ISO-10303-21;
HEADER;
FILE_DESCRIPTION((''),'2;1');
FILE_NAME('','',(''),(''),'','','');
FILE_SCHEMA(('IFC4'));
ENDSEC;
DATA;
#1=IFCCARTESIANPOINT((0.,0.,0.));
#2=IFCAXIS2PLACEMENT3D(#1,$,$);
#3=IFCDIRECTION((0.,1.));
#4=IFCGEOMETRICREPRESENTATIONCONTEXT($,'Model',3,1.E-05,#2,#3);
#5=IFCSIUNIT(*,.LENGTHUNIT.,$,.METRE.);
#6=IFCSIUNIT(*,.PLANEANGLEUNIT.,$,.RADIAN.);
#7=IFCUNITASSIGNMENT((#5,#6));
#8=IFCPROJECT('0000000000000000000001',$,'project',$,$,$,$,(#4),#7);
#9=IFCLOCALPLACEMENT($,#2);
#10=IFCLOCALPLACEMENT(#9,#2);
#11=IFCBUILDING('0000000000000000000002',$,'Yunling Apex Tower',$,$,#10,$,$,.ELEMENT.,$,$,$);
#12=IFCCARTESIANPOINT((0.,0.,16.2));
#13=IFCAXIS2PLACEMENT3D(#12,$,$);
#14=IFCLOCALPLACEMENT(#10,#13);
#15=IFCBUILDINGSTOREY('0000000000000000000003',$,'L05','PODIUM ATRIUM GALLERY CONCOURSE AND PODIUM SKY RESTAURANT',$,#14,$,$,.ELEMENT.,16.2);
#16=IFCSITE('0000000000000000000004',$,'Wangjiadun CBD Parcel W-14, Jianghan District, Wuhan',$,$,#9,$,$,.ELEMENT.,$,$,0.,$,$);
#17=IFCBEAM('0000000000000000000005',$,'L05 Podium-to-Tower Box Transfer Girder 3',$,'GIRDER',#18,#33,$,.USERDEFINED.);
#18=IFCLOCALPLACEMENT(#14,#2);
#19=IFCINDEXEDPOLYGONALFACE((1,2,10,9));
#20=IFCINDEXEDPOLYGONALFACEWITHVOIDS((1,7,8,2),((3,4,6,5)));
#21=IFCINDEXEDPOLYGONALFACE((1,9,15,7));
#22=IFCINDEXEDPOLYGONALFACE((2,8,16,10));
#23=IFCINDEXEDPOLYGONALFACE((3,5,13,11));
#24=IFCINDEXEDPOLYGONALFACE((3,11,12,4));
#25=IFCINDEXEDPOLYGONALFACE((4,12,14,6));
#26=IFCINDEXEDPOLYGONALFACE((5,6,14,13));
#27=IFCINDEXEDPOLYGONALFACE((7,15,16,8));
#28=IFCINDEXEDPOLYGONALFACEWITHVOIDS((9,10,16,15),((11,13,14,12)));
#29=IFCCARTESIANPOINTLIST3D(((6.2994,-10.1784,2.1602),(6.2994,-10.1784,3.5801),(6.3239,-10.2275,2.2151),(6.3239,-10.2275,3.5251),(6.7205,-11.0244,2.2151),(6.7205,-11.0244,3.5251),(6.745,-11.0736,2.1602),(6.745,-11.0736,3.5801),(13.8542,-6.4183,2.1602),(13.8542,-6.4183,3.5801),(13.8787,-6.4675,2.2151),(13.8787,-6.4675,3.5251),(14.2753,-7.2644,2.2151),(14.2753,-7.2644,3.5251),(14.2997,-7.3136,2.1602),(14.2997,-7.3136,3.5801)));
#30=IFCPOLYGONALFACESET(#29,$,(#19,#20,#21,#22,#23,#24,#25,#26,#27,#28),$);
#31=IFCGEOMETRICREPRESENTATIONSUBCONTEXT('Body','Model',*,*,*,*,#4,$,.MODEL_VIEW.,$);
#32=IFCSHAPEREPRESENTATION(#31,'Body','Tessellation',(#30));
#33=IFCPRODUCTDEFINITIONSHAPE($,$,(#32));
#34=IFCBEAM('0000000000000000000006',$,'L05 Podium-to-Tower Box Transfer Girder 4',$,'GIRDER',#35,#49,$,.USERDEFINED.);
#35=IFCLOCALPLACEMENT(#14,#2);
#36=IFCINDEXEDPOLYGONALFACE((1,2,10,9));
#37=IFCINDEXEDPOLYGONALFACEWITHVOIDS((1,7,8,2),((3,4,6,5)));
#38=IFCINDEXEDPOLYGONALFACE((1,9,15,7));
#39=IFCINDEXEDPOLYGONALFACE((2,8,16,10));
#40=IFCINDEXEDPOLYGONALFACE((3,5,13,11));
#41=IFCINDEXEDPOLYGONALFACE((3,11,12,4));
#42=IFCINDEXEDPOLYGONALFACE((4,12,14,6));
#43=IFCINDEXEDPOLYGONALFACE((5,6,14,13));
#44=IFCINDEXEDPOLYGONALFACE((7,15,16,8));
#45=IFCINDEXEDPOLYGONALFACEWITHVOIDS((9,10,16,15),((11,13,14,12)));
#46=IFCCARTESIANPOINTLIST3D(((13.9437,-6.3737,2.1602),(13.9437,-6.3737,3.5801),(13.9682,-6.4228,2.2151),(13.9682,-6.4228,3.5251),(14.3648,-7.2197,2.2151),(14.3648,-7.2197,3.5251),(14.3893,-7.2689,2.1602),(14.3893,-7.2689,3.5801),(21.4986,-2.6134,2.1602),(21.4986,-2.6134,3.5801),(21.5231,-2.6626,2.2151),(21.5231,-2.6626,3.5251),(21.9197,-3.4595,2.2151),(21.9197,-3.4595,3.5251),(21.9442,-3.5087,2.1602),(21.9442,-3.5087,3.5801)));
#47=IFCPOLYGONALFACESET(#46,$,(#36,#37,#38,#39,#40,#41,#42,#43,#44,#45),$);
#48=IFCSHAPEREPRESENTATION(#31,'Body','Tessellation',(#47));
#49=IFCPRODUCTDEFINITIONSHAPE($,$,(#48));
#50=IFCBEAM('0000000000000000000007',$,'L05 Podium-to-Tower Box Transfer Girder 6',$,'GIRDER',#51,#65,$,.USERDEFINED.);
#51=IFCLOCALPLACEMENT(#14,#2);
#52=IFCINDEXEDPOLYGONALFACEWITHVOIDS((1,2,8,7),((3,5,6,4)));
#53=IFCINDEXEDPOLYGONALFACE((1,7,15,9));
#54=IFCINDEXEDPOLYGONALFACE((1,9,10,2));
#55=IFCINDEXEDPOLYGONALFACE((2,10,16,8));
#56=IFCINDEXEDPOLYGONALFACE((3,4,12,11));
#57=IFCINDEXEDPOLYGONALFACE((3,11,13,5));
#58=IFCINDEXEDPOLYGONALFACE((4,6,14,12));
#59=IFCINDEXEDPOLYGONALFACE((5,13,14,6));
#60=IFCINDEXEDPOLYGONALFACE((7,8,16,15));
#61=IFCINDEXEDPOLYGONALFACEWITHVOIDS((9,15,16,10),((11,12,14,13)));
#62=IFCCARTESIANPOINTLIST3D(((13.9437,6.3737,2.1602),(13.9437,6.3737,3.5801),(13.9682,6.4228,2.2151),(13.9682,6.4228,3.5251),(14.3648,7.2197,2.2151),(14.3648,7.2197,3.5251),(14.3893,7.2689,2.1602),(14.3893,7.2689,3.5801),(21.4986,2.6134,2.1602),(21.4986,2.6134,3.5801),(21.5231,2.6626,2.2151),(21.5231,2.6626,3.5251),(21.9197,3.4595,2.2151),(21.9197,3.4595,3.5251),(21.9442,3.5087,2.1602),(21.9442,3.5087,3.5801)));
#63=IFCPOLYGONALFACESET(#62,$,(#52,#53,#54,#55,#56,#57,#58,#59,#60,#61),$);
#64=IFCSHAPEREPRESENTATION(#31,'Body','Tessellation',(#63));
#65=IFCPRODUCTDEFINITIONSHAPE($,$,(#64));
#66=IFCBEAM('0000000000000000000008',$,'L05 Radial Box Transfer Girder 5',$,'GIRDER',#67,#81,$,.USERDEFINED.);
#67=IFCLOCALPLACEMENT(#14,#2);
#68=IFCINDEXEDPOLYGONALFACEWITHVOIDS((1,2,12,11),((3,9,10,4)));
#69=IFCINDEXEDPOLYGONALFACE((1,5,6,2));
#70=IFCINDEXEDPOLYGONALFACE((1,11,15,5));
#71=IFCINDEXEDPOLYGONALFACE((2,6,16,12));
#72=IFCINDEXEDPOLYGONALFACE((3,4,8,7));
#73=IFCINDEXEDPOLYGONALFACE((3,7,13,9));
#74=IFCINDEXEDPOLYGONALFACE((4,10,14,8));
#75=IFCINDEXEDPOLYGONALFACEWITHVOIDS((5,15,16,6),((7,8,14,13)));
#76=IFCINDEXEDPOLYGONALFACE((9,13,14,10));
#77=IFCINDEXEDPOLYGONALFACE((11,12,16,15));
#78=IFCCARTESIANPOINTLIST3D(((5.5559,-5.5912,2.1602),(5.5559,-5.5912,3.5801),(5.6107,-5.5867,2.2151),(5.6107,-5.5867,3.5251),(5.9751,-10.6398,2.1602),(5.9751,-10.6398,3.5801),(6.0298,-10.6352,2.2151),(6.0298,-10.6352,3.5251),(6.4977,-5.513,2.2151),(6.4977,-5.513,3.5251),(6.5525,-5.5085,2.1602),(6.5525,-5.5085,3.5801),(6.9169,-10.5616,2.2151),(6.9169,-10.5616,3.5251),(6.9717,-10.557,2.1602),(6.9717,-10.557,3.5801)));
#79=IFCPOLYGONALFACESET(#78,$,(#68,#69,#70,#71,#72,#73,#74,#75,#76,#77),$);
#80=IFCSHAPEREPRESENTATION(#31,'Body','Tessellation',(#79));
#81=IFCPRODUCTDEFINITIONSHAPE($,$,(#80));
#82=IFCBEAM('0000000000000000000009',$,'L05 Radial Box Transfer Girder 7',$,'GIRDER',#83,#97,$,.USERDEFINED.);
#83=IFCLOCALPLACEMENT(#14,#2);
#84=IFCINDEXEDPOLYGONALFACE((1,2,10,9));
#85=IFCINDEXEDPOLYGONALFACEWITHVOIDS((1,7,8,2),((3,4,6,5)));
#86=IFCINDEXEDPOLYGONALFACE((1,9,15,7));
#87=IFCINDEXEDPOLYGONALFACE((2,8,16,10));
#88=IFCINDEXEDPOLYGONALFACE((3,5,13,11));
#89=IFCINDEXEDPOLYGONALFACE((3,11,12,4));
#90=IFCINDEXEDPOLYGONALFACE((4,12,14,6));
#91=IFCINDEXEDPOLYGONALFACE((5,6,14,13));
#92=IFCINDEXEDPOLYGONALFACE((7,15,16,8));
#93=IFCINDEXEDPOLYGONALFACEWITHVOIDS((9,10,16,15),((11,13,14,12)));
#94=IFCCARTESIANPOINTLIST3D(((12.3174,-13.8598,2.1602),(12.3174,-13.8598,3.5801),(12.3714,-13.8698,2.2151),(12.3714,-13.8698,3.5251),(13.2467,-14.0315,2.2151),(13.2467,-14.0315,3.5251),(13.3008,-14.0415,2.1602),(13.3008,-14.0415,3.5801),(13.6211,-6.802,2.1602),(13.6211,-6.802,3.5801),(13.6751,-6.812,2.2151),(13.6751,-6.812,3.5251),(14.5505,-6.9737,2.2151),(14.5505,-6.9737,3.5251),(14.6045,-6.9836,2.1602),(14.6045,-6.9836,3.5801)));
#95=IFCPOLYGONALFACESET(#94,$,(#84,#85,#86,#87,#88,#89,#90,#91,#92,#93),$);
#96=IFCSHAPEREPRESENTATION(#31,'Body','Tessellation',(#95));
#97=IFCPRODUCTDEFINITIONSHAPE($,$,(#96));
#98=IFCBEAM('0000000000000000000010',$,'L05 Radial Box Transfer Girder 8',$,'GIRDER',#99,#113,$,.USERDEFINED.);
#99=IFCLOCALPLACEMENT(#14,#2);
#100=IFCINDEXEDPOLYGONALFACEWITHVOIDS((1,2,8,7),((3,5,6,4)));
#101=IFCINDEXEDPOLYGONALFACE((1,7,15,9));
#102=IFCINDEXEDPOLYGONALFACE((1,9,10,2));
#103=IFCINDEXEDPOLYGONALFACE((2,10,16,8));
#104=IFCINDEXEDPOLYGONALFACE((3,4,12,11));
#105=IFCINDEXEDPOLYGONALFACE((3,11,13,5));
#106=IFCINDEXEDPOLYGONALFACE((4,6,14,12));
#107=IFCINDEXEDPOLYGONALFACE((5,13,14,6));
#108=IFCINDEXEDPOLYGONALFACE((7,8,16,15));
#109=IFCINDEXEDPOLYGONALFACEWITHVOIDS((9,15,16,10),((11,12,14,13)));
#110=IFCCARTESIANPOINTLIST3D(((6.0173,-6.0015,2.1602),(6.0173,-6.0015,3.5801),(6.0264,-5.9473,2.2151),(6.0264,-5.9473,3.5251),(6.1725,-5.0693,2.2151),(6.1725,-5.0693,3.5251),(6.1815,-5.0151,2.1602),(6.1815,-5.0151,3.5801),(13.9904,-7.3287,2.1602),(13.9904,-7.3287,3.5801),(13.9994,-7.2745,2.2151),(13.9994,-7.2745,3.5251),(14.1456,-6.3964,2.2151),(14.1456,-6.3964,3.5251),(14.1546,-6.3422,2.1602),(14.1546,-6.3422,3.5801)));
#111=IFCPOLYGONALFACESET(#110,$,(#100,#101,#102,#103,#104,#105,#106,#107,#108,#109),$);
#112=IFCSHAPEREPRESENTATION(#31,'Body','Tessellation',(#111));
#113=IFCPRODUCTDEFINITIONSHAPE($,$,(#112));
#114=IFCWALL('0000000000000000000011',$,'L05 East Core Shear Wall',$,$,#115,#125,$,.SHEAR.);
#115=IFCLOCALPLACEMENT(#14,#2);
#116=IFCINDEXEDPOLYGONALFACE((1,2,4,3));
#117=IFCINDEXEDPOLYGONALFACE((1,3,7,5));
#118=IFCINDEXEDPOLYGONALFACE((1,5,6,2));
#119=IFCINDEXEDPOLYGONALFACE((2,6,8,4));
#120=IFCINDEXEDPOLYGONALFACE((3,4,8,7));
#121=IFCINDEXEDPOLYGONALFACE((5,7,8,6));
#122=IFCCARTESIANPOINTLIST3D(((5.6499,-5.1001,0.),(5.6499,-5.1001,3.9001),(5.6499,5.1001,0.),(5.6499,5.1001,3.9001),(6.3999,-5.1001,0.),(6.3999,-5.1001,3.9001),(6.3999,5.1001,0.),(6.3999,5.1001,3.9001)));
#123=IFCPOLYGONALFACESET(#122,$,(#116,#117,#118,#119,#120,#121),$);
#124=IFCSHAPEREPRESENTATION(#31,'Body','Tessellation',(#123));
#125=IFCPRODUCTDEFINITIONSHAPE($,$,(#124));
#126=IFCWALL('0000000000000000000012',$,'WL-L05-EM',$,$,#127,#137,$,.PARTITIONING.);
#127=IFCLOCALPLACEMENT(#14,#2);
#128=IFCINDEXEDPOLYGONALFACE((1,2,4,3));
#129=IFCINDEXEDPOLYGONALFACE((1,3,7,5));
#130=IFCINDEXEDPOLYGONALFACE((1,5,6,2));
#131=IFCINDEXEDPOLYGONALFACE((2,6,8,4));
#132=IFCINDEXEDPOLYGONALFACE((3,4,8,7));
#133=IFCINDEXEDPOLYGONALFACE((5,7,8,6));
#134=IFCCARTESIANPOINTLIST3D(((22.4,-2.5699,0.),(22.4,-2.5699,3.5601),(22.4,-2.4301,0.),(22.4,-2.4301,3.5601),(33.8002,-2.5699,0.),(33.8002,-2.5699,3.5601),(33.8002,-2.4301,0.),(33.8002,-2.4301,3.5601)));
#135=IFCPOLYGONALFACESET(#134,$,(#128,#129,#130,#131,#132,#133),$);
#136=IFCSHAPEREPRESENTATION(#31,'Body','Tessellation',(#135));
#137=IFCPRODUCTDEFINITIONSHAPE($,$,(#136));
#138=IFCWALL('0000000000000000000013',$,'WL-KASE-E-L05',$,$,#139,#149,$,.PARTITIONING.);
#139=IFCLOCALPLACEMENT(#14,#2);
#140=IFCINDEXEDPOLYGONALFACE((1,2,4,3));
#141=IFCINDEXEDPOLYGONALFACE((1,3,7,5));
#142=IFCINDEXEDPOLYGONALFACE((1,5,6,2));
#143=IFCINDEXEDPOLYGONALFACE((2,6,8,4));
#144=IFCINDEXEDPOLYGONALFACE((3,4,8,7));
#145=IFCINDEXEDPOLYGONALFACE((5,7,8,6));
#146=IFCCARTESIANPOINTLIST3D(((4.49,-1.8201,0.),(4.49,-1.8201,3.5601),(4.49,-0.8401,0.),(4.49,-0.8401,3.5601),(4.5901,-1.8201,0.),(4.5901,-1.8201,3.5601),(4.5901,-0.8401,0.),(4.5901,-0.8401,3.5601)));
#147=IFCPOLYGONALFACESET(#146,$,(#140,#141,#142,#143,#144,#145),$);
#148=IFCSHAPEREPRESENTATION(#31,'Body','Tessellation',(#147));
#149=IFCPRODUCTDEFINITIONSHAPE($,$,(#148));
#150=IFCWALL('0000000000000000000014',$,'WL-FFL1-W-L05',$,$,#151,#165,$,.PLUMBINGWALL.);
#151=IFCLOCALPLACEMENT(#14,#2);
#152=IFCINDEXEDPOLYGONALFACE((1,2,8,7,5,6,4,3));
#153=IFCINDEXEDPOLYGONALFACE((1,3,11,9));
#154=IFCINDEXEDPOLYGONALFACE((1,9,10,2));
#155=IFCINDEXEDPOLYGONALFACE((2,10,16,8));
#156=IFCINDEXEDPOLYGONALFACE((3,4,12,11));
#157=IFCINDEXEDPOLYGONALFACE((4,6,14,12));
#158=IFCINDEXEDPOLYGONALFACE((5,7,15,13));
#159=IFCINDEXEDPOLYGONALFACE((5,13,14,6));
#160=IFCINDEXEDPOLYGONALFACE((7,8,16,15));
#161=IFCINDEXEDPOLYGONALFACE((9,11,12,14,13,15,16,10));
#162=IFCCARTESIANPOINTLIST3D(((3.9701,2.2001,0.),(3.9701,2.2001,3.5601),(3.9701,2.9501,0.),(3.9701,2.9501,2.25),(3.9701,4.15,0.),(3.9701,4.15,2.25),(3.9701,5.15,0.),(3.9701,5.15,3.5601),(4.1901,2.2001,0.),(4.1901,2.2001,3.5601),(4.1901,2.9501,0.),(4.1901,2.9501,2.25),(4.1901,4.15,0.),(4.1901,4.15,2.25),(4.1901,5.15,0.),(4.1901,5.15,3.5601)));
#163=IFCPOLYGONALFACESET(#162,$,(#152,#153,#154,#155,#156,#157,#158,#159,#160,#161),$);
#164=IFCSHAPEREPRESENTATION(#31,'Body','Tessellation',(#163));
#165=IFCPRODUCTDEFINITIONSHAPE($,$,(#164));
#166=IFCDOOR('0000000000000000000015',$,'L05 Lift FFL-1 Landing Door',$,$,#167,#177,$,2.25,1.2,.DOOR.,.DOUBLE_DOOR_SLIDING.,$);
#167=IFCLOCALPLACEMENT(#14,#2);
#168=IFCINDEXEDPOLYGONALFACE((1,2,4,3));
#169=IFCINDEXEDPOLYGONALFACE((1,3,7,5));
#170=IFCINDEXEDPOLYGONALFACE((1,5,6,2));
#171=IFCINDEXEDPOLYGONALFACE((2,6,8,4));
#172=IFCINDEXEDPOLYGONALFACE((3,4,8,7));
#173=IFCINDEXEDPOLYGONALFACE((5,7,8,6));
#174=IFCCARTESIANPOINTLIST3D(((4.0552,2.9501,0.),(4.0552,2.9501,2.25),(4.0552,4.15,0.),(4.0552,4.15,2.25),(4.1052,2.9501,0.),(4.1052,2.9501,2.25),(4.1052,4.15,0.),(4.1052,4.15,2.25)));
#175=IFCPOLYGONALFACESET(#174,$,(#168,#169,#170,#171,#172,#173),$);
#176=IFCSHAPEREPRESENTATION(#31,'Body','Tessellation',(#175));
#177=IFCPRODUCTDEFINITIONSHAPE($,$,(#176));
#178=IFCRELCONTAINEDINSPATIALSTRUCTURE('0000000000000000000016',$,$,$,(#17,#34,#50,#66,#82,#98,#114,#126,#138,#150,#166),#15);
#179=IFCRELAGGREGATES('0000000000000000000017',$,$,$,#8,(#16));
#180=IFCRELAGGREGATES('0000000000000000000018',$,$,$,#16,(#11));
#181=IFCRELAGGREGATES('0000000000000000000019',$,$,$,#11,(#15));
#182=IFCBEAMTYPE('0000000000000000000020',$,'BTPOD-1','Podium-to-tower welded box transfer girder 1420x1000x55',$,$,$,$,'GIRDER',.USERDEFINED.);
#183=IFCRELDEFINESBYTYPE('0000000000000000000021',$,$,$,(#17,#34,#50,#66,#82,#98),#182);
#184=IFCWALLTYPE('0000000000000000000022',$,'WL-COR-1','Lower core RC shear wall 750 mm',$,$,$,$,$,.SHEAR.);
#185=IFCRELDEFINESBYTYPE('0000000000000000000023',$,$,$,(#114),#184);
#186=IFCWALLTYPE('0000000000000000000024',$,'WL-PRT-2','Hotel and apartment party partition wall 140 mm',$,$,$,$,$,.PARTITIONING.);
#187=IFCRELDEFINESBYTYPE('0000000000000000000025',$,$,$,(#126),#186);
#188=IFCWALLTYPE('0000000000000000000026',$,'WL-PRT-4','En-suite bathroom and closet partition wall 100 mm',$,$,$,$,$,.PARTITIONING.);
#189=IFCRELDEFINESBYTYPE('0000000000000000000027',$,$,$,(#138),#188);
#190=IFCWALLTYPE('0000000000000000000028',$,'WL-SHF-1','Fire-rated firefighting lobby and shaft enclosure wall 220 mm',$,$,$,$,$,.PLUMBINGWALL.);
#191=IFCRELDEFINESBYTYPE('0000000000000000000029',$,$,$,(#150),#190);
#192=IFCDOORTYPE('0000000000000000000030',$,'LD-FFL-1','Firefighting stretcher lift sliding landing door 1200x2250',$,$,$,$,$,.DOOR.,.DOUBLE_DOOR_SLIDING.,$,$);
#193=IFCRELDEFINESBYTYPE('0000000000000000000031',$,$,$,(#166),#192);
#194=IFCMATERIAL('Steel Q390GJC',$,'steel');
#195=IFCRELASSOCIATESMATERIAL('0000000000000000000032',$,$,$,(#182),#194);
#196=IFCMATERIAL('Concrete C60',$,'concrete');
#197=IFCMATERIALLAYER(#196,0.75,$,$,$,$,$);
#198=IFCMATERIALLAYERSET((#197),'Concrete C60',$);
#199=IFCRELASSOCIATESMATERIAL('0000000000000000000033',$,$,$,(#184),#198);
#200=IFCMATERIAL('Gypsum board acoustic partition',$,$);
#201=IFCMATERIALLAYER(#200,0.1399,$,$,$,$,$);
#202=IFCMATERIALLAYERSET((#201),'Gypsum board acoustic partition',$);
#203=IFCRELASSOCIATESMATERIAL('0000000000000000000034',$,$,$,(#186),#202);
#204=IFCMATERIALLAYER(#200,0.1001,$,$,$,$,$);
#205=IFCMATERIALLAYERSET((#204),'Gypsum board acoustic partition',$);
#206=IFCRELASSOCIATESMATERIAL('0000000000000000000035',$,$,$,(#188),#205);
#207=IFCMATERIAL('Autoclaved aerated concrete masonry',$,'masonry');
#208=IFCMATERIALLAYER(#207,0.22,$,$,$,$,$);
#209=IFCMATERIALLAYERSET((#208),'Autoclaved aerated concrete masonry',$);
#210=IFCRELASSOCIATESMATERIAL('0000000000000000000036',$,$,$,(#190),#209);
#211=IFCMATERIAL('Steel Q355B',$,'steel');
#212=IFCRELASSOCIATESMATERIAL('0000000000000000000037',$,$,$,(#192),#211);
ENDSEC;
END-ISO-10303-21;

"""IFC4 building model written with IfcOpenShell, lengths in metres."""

from ifc_helpers import new_model, si_unit, direction, frame, frame_2d, origin, origin_2d, place, context, subcontext, project, spatial, rectangle, hollow_rectangle, extrude, source, transform, mapped, material, layer, layer_set, material_profile, profile_set, type_object, element, fill, save


model = new_model("IFC4")

# Units and contexts
model_context = context("Model", 3, precision=1e-05, world=origin(), true_north=direction((0.0, 1.0)))
body_context = subcontext(model_context, "Body", "Model", "MODEL_VIEW")
ifc_project = project(units=[si_unit("LENGTHUNIT", "METRE"), si_unit("PLANEANGLEUNIT", "RADIAN")], contexts=[model_context])

# Site, building, storey
site_placement = place(None, origin())
site = spatial("IfcSite", under=ifc_project, at=site_placement, Name="Wangjiadun CBD Parcel W-14, Jianghan District, Wuhan", CompositionType="ELEMENT", RefElevation=0.0)
building_placement = place(site_placement, origin())
building = spatial("IfcBuilding", under=site, at=building_placement, Name="Yunling Apex Tower", CompositionType="ELEMENT")
storey_placement = place(building_placement, frame((0.0, 0.0, 16.2)))
storey = spatial("IfcBuildingStorey", under=building, at=storey_placement, Name="L05", Description="PODIUM ATRIUM GALLERY CONCOURSE AND PODIUM SKY RESTAURANT", CompositionType="ELEMENT", Elevation=16.2)

# Shared definitions
ifc_material_1 = material(Name="Concrete C60", Category="concrete")

# Beams
ifc_material_2 = material(Name="Steel Q355B", Category="steel")
ifc_material_3 = material(Name="Steel Q390GJC", Category="steel")
ifc_material_profile_1 = material_profile(ifc_material_3, hollow_rectangle(XDim=1.0, YDim=1.4199, WallThickness=0.0549, at=origin_2d()))
ifc_profile_set_1 = profile_set([ifc_material_profile_1], Name="Steel Q390GJC")
beam_type_1 = type_object("IfcBeamType", Name="BTPOD-1", Description="Podium-to-tower welded box transfer girder 1420x1000x55", ElementType="GIRDER", PredefinedType="USERDEFINED", material=ifc_profile_set_1)
shared_shape_1 = source(origin(), body_context, "Body", "SweptSolid", [
    extrude(hollow_rectangle(XDim=1.0, YDim=1.4199, WallThickness=0.0549, at=origin_2d()), origin(), (0.0, 0.0, 1.0), 8.4387),
])
beam_1_placement = place(storey_placement, frame((6.5222, -10.626, 2.8701), z_axis=(0.895247, 0.44557, 0.0), x_axis=(-0.44557, 0.895247, 0.0)))
element("IfcBeam", 1, at=beam_1_placement, inside=storey, type_object=beam_type_1, Name="L05 Podium-to-Tower Box Transfer Girder 3", ObjectType="GIRDER", PredefinedType="USERDEFINED", context=body_context, shape_type="MappedRepresentation", body=[
    mapped(shared_shape_1, transform((0.0, 0.0, 0.0), scale=1.0)),
])
shared_shape_2 = source(origin(), body_context, "Body", "SweptSolid", [
    extrude(hollow_rectangle(XDim=1.0, YDim=1.4199, WallThickness=0.0549, at=origin_2d()), origin(), (0.0, 0.0, 1.0), 8.439),
])
for number, where, z_axis, x_axis, name in (
    (2, (14.1665, -6.8213, 2.8701), (0.895242, 0.445581, 0.0), (-0.445581, 0.895242, 0.0), "L05 Podium-to-Tower Box Transfer Girder 4"),
    (3, (21.7214, 3.061, 2.8701), (-0.895242, 0.445581, 0.0), (-0.445581, -0.895242, 0.0), "L05 Podium-to-Tower Box Transfer Girder 6"),
):
    element("IfcBeam", number, at=place(storey_placement, frame(where, z_axis=z_axis, x_axis=x_axis)), inside=storey, type_object=beam_type_1, Name=name, ObjectType="GIRDER", PredefinedType="USERDEFINED", context=body_context, shape_type="MappedRepresentation", body=[
        mapped(shared_shape_2, transform((0.0, 0.0, 0.0), scale=1.0)),
    ])
shared_shape_3 = source(origin(), body_context, "Body", "SweptSolid", [
    extrude(hollow_rectangle(XDim=1.0, YDim=1.4199, WallThickness=0.0549, at=origin_2d()), origin(), (0.0, 0.0, 1.0), 5.0659),
])
beam_2_placement = place(storey_placement, frame((6.4734, -10.5984, 2.8701), z_axis=(-0.082746, 0.996571, 0.0), x_axis=(-0.996571, -0.082746, 0.0)))
element("IfcBeam", 4, at=beam_2_placement, inside=storey, type_object=beam_type_1, Name="L05 Radial Box Transfer Girder 5", ObjectType="GIRDER", PredefinedType="USERDEFINED", context=body_context, shape_type="MappedRepresentation", body=[
    mapped(shared_shape_3, transform((0.0, 0.0, 0.0), scale=1.0)),
])
shared_shape_4 = source(origin(), body_context, "Body", "SweptSolid", [
    extrude(hollow_rectangle(XDim=1.0, YDim=1.4199, WallThickness=0.0549, at=origin_2d()), origin(), (0.0, 0.0, 1.0), 7.1772),
])
beam_3_placement = place(storey_placement, frame((14.1128, -6.8928, 2.8701), z_axis=(-0.181645, -0.983364, 0.0), x_axis=(0.983364, -0.181645, 0.0)))
element("IfcBeam", 5, at=beam_3_placement, inside=storey, type_object=beam_type_1, Name="L05 Radial Box Transfer Girder 7", ObjectType="GIRDER", PredefinedType="USERDEFINED", context=body_context, shape_type="MappedRepresentation", body=[
    mapped(shared_shape_4, transform((0.0, 0.0, 0.0), scale=1.0)),
])
shared_shape_5 = source(origin(), body_context, "Body", "SweptSolid", [
    extrude(hollow_rectangle(XDim=1.0, YDim=1.4199, WallThickness=0.0549, at=origin_2d()), origin(), (0.0, 0.0, 1.0), 8.0828),
])
beam_4_placement = place(storey_placement, frame((14.0725, -6.8354, 2.8701), z_axis=(-0.986428, 0.164193, 0.0), x_axis=(-0.164193, -0.986428, 0.0)))
element("IfcBeam", 6, at=beam_4_placement, inside=storey, type_object=beam_type_1, Name="L05 Radial Box Transfer Girder 8", ObjectType="GIRDER", PredefinedType="USERDEFINED", context=body_context, shape_type="MappedRepresentation", body=[
    mapped(shared_shape_5, transform((0.0, 0.0, 0.0), scale=1.0)),
])

# Walls
ifc_layer_1 = layer(ifc_material_1, 0.75)
ifc_layer_set_1 = layer_set([ifc_layer_1], Name="Concrete C60")
wall_type_1 = type_object("IfcWallType", Name="WL-COR-1", Description="Lower core RC shear wall 750 mm", PredefinedType="SHEAR", material=ifc_layer_set_1)
wall_1_placement = place(storey_placement, frame((6.0249, -5.1001, 0.0), z_axis=(0.0, 0.0, 1.0), x_axis=(0.0, 1.0, 0.0)))
element("IfcWall", 7, at=wall_1_placement, inside=storey, type_object=wall_type_1, Name="L05 East Core Shear Wall", PredefinedType="SHEAR", context=body_context, shape_type="SweptSolid", body=[
    extrude(rectangle(XDim=10.2002, YDim=0.75, at=frame_2d((5.1001, 0.0))), origin(), (0.0, 0.0, 1.0), 3.9001),
])
ifc_material_4 = material(Name="Gypsum board acoustic partition")
ifc_layer_2 = layer(ifc_material_4, 0.1399)
ifc_layer_set_2 = layer_set([ifc_layer_2], Name="Gypsum board acoustic partition")
wall_type_2 = type_object("IfcWallType", Name="WL-PRT-2", Description="Hotel and apartment party partition wall 140 mm", PredefinedType="PARTITIONING", material=ifc_layer_set_2)
wall_2_placement = place(storey_placement, frame((22.3999, -2.5, 0.0), z_axis=(0.0, 0.0, 1.0), x_axis=(1.0, 0.0, 0.0)))
element("IfcWall", 8, at=wall_2_placement, inside=storey, type_object=wall_type_2, Name="WL-L05-EM", PredefinedType="PARTITIONING", context=body_context, shape_type="SweptSolid", body=[
    extrude(rectangle(XDim=11.4001, YDim=0.1399, at=frame_2d((5.7002, 0.0))), origin(), (0.0, 0.0, 1.0), 3.5601),
])
ifc_layer_3 = layer(ifc_material_4, 0.1001)
ifc_layer_set_3 = layer_set([ifc_layer_3], Name="Gypsum board acoustic partition")
wall_type_3 = type_object("IfcWallType", Name="WL-PRT-4", Description="En-suite bathroom and closet partition wall 100 mm", PredefinedType="PARTITIONING", material=ifc_layer_set_3)
wall_3_placement = place(storey_placement, frame((4.54, -1.8201, 0.0), z_axis=(0.0, 0.0, 1.0), x_axis=(0.0, 1.0, 0.0)))
element("IfcWall", 9, at=wall_3_placement, inside=storey, type_object=wall_type_3, Name="WL-KASE-E-L05", PredefinedType="PARTITIONING", context=body_context, shape_type="SweptSolid", body=[
    extrude(rectangle(XDim=0.98, YDim=0.1001, at=frame_2d((0.49, 0.0))), origin(), (0.0, 0.0, 1.0), 3.5601),
])

# Wall, opening, door
ifc_material_5 = material(Name="Autoclaved aerated concrete masonry", Category="masonry")
ifc_layer_4 = layer(ifc_material_5, 0.22)
ifc_layer_set_4 = layer_set([ifc_layer_4], Name="Autoclaved aerated concrete masonry")
wall_type_4 = type_object("IfcWallType", Name="WL-SHF-1", Description="Fire-rated firefighting lobby and shaft enclosure wall 220 mm", PredefinedType="PLUMBINGWALL", material=ifc_layer_set_4)
wall_4_placement = place(storey_placement, frame((4.0801, 2.2, 0.0), z_axis=(0.0, 0.0, 1.0), x_axis=(0.0, 1.0, 0.0)))
wall_4 = element("IfcWall", 10, at=wall_4_placement, inside=storey, type_object=wall_type_4, Name="WL-FFL1-W-L05", PredefinedType="PLUMBINGWALL", context=body_context, shape_type="SweptSolid", body=[
    extrude(rectangle(XDim=2.95, YDim=0.22, at=frame_2d((1.4751, 0.0))), origin(), (0.0, 0.0, 1.0), 3.5601),
])
opening_placement = place(wall_4_placement, frame((0.75, 0.0, 0.0)))
opening = element("IfcOpeningElement", 11, at=opening_placement, cuts=wall_4, PredefinedType="OPENING", context=body_context, shape_type="SweptSolid", body=[
    extrude(rectangle(XDim=1.2, YDim=2.25, at=frame_2d((0.6001, 1.125))), frame((0.0, 0.1201, 0.0), z_axis=(0.0, -1.0, 0.0), x_axis=(1.0, 0.0, 0.0)), (0.0, 0.0, 1.0), 0.24),
])
door_type = type_object("IfcDoorType", Name="LD-FFL-1", Description="Firefighting stretcher lift sliding landing door 1200x2250", OperationType="DOUBLE_DOOR_SLIDING", PredefinedType="DOOR", material=ifc_material_2)
door_placement = place(opening_placement, origin())
door = element("IfcDoor", 12, at=door_placement, inside=storey, type_object=door_type, Name="L05 Lift FFL-1 Landing Door", OperationType="DOUBLE_DOOR_SLIDING", OverallHeight=2.25, OverallWidth=1.2, PredefinedType="DOOR", context=body_context, shape_type="SweptSolid", body=[
    extrude(rectangle(XDim=1.2, YDim=2.25, at=frame_2d((0.6001, 1.125))), frame((0.0, 0.0249, 0.0), z_axis=(0.0, -1.0, 0.0), x_axis=(1.0, 0.0, 0.0)), (0.0, 0.0, 1.0), 0.05),
])
fill(opening, door)

save(model, "model.ifc")
